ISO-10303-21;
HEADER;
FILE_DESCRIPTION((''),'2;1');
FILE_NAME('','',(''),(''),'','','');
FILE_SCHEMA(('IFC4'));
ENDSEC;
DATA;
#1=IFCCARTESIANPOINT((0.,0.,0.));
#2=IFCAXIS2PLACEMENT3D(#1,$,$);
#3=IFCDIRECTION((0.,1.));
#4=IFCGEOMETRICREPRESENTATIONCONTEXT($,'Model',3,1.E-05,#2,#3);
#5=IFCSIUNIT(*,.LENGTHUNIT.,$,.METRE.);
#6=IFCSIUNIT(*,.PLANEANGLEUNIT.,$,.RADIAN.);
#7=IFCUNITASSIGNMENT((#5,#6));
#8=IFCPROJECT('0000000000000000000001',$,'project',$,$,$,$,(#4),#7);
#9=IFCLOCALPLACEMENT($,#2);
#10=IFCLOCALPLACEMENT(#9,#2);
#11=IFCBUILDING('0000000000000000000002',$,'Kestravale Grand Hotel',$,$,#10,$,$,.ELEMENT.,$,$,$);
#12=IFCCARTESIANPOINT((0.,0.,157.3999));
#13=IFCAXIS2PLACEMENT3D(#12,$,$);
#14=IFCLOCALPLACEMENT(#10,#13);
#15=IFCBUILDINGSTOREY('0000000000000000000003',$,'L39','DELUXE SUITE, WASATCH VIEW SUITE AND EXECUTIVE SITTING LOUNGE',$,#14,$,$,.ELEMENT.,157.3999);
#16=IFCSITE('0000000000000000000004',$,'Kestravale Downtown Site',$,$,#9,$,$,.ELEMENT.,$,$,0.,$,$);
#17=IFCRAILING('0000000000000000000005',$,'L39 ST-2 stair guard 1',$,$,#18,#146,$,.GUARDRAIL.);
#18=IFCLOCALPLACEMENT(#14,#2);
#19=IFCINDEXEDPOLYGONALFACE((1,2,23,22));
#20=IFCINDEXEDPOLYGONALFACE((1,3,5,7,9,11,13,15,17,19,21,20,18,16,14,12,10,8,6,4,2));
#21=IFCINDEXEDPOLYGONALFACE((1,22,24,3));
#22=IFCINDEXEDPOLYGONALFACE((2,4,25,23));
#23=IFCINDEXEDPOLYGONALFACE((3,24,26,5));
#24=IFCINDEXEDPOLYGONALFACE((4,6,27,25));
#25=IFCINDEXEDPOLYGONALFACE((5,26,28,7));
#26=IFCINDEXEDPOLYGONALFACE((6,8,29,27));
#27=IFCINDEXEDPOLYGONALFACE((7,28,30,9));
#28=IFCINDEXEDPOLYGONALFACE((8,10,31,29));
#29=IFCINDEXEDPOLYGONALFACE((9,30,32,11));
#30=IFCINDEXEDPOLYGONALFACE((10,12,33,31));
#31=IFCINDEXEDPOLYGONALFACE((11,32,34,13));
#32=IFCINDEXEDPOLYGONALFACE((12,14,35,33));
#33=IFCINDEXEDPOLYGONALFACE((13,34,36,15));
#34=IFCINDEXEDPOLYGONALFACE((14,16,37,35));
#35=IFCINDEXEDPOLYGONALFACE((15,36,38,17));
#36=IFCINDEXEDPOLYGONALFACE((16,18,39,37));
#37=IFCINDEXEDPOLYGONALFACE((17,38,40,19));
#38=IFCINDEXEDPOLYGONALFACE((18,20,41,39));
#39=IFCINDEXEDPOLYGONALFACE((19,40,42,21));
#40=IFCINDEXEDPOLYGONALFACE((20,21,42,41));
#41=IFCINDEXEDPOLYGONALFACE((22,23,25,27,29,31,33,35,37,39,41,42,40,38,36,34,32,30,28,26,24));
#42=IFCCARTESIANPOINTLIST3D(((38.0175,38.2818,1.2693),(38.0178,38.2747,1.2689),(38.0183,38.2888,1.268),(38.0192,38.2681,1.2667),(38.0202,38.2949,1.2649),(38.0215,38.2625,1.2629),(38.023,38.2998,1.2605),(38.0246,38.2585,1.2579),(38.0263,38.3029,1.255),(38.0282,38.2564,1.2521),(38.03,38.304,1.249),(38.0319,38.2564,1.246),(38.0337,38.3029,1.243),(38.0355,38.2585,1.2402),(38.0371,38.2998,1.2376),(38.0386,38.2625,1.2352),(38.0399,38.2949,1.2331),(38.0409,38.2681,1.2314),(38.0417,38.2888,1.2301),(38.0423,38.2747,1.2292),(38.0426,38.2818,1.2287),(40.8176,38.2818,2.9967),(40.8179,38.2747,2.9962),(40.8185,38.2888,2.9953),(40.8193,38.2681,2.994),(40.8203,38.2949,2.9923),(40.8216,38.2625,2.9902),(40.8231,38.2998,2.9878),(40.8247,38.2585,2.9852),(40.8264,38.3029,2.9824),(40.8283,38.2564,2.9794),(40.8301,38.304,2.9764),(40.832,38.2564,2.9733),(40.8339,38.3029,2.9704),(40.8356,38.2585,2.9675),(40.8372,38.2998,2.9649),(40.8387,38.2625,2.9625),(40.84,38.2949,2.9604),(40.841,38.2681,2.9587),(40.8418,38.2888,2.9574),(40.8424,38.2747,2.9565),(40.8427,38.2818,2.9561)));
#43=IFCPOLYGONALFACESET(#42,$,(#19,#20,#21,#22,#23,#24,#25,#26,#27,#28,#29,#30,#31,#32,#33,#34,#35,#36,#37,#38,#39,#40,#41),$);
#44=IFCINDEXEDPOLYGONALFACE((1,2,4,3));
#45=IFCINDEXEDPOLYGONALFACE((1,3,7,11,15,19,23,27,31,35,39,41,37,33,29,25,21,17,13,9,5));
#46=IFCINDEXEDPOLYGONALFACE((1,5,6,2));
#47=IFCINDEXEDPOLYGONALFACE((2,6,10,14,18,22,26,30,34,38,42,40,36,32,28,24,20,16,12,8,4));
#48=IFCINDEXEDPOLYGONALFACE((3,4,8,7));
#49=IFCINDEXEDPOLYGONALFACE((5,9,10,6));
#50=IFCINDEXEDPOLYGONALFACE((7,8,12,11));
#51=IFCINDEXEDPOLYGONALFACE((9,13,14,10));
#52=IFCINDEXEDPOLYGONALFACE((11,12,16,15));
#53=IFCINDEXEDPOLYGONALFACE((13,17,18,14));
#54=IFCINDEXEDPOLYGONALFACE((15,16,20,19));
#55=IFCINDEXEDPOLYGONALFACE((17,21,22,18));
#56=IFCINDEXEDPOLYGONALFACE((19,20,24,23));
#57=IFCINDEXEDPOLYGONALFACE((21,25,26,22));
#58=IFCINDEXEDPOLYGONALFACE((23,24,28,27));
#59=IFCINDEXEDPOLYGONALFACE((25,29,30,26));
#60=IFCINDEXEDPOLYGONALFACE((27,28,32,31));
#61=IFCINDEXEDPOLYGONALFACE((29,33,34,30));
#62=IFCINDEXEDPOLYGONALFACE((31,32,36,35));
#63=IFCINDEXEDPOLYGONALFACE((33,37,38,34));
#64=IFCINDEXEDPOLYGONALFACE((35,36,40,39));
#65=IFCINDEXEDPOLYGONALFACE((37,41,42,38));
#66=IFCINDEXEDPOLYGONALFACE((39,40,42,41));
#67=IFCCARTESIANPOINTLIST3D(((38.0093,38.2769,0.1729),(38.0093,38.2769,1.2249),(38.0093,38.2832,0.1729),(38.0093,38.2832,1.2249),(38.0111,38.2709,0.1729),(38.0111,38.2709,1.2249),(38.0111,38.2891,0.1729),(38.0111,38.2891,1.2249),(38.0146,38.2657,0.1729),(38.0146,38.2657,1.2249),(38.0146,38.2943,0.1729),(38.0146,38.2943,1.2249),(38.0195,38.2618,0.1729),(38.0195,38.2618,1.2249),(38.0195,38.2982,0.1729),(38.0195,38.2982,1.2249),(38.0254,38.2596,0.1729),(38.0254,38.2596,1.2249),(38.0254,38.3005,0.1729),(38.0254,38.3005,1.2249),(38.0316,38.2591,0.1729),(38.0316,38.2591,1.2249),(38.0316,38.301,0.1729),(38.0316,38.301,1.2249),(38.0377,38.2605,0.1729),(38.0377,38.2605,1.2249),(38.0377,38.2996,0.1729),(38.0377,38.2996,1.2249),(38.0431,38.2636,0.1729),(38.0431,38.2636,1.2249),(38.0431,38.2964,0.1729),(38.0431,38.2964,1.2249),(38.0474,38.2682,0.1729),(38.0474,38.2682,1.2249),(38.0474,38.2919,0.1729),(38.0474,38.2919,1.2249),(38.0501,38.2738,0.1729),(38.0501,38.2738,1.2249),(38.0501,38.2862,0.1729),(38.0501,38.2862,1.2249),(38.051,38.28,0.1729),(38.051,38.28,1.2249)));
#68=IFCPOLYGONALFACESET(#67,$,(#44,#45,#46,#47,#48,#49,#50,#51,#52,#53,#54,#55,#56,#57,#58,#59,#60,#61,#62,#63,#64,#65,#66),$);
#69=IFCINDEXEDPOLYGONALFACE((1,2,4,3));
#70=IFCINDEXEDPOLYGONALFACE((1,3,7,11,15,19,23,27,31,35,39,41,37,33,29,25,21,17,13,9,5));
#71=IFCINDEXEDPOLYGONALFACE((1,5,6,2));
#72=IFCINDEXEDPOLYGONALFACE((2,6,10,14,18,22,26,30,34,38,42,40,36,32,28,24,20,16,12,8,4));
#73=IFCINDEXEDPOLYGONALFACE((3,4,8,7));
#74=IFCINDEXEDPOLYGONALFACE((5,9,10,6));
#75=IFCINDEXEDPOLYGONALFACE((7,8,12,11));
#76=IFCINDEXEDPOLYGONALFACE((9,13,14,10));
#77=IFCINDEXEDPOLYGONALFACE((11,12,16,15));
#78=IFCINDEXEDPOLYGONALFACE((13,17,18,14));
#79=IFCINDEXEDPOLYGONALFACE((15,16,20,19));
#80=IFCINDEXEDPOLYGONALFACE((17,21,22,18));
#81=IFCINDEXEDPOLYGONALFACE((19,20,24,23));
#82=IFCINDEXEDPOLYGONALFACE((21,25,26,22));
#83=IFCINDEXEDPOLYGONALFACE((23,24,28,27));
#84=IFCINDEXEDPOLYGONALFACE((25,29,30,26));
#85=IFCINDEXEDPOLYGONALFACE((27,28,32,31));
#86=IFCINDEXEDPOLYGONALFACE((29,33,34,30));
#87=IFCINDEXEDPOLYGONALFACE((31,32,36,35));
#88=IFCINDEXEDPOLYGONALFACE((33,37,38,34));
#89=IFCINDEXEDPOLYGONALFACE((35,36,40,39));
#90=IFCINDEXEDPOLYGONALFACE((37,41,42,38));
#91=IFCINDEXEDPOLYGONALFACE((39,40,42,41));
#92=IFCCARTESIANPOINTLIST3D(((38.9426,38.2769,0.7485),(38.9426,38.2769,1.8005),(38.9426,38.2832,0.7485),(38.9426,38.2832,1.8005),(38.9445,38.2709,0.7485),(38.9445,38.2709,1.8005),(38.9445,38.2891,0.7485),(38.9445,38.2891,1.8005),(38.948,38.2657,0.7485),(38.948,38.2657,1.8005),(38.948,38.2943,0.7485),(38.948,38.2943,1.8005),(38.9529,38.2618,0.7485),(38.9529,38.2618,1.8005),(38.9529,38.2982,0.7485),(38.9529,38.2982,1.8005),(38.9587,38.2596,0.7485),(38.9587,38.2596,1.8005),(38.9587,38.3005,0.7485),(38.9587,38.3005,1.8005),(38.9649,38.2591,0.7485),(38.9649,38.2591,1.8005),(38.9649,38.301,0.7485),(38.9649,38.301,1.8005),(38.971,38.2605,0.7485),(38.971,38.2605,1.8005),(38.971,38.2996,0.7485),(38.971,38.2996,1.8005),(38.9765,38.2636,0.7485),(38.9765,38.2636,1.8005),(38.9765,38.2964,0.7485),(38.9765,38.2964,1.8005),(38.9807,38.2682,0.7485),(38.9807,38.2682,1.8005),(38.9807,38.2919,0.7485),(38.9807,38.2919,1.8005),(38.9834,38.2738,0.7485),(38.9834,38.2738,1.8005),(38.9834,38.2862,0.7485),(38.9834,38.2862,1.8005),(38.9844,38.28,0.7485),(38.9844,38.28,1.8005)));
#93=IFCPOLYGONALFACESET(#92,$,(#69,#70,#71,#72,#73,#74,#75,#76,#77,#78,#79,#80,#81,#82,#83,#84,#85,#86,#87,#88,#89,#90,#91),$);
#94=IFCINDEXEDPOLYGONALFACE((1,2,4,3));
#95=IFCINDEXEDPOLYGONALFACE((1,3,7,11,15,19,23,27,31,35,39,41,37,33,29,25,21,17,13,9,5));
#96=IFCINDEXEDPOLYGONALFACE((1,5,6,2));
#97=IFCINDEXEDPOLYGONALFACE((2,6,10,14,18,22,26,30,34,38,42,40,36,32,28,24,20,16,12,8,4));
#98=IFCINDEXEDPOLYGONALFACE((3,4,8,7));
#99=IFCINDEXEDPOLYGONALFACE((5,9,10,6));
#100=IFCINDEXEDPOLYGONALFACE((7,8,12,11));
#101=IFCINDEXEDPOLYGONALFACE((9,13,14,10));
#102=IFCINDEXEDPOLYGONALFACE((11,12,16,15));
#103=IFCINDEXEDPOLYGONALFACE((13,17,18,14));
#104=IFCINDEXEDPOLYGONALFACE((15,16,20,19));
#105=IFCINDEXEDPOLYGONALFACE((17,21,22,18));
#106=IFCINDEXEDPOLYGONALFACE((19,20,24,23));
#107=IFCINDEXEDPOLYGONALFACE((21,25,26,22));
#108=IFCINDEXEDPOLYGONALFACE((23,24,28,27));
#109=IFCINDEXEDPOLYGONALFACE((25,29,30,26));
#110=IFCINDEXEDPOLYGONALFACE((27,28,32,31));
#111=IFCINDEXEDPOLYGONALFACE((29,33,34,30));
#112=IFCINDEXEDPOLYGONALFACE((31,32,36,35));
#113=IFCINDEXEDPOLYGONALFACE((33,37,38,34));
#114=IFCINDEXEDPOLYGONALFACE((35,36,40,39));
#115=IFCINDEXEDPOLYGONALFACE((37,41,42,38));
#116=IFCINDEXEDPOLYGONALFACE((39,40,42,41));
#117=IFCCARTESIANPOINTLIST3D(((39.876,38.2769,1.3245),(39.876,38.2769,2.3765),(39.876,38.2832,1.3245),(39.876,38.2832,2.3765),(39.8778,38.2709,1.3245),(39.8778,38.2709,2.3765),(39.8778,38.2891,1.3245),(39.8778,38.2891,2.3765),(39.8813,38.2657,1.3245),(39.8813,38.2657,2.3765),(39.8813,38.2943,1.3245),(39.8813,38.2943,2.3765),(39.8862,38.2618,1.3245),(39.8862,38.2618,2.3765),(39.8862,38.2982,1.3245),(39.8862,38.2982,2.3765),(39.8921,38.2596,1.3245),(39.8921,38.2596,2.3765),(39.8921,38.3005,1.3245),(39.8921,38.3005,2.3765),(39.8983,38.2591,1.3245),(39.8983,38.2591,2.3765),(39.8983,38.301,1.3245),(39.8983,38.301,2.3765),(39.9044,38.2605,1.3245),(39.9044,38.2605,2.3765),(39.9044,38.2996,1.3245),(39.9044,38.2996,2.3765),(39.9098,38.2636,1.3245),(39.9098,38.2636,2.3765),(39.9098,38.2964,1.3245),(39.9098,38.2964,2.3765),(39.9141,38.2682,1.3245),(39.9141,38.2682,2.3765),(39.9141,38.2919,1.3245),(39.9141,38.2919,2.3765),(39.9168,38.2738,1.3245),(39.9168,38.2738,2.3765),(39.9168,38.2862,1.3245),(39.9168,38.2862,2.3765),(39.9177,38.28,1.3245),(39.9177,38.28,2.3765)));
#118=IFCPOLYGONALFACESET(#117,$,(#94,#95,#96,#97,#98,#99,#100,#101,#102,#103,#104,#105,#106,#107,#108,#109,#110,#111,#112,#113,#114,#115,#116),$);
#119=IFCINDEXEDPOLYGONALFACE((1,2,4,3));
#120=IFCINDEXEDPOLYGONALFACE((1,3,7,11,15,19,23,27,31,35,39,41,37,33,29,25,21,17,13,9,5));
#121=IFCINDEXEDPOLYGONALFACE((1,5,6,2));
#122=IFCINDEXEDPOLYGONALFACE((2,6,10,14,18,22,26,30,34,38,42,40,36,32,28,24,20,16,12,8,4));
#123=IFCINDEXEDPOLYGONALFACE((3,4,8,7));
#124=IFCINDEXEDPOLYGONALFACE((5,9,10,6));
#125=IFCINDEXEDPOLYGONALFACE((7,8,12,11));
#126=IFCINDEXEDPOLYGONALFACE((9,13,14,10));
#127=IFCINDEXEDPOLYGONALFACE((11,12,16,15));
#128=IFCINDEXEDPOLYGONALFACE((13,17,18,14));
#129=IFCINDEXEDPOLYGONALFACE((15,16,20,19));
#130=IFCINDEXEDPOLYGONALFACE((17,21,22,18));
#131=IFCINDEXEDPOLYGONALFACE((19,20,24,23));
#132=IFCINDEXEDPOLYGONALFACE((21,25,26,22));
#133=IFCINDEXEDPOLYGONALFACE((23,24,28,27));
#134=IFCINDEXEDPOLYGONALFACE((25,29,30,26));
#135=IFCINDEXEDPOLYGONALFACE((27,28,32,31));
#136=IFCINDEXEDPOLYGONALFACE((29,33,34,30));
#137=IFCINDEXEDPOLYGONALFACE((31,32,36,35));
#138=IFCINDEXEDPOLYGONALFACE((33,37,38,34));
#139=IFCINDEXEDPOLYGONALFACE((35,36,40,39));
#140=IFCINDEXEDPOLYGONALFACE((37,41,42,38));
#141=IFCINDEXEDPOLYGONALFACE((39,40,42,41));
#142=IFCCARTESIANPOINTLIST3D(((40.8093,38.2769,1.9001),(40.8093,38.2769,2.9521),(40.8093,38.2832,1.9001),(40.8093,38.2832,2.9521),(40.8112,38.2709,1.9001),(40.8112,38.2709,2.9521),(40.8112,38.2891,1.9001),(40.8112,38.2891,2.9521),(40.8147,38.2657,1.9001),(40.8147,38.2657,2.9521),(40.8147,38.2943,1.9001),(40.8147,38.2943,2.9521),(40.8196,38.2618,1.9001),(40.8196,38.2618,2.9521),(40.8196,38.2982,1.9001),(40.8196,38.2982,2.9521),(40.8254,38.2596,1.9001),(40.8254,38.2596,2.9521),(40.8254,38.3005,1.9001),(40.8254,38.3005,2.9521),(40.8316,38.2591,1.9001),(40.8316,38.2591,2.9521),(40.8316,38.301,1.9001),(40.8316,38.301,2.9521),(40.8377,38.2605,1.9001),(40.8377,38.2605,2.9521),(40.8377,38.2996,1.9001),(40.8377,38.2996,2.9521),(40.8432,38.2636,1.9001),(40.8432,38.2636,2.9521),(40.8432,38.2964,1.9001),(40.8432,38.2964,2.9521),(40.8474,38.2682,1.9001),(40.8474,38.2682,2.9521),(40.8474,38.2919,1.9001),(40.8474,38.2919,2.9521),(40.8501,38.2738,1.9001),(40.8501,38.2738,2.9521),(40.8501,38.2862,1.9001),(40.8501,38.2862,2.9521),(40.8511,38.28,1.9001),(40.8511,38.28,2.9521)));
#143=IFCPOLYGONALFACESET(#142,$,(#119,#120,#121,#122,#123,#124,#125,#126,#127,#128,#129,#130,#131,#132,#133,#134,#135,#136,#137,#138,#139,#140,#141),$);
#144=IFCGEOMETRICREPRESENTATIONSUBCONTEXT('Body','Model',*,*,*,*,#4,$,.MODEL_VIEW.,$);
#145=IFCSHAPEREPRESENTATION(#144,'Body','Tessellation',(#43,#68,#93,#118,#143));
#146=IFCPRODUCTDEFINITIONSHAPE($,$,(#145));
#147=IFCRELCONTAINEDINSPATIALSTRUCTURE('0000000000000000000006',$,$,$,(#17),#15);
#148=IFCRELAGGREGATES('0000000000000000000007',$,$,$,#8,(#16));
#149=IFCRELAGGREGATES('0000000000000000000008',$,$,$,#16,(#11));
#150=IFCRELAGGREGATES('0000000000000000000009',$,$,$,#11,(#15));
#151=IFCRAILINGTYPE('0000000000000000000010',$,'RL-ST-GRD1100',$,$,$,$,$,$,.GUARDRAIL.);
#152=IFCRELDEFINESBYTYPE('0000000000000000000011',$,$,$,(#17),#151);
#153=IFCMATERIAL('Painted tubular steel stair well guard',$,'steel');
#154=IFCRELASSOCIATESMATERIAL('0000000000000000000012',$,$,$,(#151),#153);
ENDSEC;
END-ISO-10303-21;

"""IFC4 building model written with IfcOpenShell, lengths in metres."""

from ifc_helpers import new_model, si_unit, direction, frame, origin, origin_2d, place, context, subcontext, project, spatial, circle, extrude, material, type_object, element, save


model = new_model("IFC4")

# Units and contexts
model_context = context("Model", 3, precision=1e-05, world=origin(), true_north=direction((0.0, 1.0)))
body_context = subcontext(model_context, "Body", "Model", "MODEL_VIEW")
ifc_project = project(units=[si_unit("LENGTHUNIT", "METRE"), si_unit("PLANEANGLEUNIT", "RADIAN")], contexts=[model_context])

# Site, building, storey
site_placement = place(None, origin())
site = spatial("IfcSite", under=ifc_project, at=site_placement, Name="Kestravale Downtown Site", CompositionType="ELEMENT", RefElevation=0.0)
building_placement = place(site_placement, origin())
building = spatial("IfcBuilding", under=site, at=building_placement, Name="Kestravale Grand Hotel", CompositionType="ELEMENT")
storey_placement = place(building_placement, frame((0.0, 0.0, 157.3999)))
storey = spatial("IfcBuildingStorey", under=building, at=storey_placement, Name="L39", Description="DELUXE SUITE, WASATCH VIEW SUITE AND EXECUTIVE SITTING LOUNGE", CompositionType="ELEMENT", Elevation=157.3999)

# Railing
ifc_material_1 = material(Name="Painted tubular steel stair well guard", Category="steel")
railing_type_1 = type_object("IfcRailingType", Name="RL-ST-GRD1100", PredefinedType="GUARDRAIL", material=ifc_material_1)
railing_1_placement = place(storey_placement, frame((38.03, 38.28, 0.1729)))
element("IfcRailing", 1, at=railing_1_placement, inside=storey, type_object=railing_type_1, Name="L39 ST-2 stair guard 1", PredefinedType="GUARDRAIL", context=body_context, shape_type="SweptSolid", body=[
    extrude(circle(Radius=0.0239, at=origin_2d()), frame((0.0, 0.0, 1.0762), z_axis=(0.85109, 0.0, 0.52502), x_axis=(0.0, 1.0, 0.0)), (0.0, 0.0, 1.0), 3.29),
    extrude(circle(Radius=0.021, at=origin_2d()), origin(), (0.0, 0.0, 1.0), 1.052),
    extrude(circle(Radius=0.021, at=origin_2d()), frame((0.9333, 0.0, 0.5757)), (0.0, 0.0, 1.0), 1.052),
    extrude(circle(Radius=0.021, at=origin_2d()), frame((1.8667, 0.0, 1.1516)), (0.0, 0.0, 1.0), 1.052),
    extrude(circle(Radius=0.021, at=origin_2d()), frame((2.8, 0.0, 1.7273)), (0.0, 0.0, 1.0), 1.052),
])

save(model, "model.ifc")
